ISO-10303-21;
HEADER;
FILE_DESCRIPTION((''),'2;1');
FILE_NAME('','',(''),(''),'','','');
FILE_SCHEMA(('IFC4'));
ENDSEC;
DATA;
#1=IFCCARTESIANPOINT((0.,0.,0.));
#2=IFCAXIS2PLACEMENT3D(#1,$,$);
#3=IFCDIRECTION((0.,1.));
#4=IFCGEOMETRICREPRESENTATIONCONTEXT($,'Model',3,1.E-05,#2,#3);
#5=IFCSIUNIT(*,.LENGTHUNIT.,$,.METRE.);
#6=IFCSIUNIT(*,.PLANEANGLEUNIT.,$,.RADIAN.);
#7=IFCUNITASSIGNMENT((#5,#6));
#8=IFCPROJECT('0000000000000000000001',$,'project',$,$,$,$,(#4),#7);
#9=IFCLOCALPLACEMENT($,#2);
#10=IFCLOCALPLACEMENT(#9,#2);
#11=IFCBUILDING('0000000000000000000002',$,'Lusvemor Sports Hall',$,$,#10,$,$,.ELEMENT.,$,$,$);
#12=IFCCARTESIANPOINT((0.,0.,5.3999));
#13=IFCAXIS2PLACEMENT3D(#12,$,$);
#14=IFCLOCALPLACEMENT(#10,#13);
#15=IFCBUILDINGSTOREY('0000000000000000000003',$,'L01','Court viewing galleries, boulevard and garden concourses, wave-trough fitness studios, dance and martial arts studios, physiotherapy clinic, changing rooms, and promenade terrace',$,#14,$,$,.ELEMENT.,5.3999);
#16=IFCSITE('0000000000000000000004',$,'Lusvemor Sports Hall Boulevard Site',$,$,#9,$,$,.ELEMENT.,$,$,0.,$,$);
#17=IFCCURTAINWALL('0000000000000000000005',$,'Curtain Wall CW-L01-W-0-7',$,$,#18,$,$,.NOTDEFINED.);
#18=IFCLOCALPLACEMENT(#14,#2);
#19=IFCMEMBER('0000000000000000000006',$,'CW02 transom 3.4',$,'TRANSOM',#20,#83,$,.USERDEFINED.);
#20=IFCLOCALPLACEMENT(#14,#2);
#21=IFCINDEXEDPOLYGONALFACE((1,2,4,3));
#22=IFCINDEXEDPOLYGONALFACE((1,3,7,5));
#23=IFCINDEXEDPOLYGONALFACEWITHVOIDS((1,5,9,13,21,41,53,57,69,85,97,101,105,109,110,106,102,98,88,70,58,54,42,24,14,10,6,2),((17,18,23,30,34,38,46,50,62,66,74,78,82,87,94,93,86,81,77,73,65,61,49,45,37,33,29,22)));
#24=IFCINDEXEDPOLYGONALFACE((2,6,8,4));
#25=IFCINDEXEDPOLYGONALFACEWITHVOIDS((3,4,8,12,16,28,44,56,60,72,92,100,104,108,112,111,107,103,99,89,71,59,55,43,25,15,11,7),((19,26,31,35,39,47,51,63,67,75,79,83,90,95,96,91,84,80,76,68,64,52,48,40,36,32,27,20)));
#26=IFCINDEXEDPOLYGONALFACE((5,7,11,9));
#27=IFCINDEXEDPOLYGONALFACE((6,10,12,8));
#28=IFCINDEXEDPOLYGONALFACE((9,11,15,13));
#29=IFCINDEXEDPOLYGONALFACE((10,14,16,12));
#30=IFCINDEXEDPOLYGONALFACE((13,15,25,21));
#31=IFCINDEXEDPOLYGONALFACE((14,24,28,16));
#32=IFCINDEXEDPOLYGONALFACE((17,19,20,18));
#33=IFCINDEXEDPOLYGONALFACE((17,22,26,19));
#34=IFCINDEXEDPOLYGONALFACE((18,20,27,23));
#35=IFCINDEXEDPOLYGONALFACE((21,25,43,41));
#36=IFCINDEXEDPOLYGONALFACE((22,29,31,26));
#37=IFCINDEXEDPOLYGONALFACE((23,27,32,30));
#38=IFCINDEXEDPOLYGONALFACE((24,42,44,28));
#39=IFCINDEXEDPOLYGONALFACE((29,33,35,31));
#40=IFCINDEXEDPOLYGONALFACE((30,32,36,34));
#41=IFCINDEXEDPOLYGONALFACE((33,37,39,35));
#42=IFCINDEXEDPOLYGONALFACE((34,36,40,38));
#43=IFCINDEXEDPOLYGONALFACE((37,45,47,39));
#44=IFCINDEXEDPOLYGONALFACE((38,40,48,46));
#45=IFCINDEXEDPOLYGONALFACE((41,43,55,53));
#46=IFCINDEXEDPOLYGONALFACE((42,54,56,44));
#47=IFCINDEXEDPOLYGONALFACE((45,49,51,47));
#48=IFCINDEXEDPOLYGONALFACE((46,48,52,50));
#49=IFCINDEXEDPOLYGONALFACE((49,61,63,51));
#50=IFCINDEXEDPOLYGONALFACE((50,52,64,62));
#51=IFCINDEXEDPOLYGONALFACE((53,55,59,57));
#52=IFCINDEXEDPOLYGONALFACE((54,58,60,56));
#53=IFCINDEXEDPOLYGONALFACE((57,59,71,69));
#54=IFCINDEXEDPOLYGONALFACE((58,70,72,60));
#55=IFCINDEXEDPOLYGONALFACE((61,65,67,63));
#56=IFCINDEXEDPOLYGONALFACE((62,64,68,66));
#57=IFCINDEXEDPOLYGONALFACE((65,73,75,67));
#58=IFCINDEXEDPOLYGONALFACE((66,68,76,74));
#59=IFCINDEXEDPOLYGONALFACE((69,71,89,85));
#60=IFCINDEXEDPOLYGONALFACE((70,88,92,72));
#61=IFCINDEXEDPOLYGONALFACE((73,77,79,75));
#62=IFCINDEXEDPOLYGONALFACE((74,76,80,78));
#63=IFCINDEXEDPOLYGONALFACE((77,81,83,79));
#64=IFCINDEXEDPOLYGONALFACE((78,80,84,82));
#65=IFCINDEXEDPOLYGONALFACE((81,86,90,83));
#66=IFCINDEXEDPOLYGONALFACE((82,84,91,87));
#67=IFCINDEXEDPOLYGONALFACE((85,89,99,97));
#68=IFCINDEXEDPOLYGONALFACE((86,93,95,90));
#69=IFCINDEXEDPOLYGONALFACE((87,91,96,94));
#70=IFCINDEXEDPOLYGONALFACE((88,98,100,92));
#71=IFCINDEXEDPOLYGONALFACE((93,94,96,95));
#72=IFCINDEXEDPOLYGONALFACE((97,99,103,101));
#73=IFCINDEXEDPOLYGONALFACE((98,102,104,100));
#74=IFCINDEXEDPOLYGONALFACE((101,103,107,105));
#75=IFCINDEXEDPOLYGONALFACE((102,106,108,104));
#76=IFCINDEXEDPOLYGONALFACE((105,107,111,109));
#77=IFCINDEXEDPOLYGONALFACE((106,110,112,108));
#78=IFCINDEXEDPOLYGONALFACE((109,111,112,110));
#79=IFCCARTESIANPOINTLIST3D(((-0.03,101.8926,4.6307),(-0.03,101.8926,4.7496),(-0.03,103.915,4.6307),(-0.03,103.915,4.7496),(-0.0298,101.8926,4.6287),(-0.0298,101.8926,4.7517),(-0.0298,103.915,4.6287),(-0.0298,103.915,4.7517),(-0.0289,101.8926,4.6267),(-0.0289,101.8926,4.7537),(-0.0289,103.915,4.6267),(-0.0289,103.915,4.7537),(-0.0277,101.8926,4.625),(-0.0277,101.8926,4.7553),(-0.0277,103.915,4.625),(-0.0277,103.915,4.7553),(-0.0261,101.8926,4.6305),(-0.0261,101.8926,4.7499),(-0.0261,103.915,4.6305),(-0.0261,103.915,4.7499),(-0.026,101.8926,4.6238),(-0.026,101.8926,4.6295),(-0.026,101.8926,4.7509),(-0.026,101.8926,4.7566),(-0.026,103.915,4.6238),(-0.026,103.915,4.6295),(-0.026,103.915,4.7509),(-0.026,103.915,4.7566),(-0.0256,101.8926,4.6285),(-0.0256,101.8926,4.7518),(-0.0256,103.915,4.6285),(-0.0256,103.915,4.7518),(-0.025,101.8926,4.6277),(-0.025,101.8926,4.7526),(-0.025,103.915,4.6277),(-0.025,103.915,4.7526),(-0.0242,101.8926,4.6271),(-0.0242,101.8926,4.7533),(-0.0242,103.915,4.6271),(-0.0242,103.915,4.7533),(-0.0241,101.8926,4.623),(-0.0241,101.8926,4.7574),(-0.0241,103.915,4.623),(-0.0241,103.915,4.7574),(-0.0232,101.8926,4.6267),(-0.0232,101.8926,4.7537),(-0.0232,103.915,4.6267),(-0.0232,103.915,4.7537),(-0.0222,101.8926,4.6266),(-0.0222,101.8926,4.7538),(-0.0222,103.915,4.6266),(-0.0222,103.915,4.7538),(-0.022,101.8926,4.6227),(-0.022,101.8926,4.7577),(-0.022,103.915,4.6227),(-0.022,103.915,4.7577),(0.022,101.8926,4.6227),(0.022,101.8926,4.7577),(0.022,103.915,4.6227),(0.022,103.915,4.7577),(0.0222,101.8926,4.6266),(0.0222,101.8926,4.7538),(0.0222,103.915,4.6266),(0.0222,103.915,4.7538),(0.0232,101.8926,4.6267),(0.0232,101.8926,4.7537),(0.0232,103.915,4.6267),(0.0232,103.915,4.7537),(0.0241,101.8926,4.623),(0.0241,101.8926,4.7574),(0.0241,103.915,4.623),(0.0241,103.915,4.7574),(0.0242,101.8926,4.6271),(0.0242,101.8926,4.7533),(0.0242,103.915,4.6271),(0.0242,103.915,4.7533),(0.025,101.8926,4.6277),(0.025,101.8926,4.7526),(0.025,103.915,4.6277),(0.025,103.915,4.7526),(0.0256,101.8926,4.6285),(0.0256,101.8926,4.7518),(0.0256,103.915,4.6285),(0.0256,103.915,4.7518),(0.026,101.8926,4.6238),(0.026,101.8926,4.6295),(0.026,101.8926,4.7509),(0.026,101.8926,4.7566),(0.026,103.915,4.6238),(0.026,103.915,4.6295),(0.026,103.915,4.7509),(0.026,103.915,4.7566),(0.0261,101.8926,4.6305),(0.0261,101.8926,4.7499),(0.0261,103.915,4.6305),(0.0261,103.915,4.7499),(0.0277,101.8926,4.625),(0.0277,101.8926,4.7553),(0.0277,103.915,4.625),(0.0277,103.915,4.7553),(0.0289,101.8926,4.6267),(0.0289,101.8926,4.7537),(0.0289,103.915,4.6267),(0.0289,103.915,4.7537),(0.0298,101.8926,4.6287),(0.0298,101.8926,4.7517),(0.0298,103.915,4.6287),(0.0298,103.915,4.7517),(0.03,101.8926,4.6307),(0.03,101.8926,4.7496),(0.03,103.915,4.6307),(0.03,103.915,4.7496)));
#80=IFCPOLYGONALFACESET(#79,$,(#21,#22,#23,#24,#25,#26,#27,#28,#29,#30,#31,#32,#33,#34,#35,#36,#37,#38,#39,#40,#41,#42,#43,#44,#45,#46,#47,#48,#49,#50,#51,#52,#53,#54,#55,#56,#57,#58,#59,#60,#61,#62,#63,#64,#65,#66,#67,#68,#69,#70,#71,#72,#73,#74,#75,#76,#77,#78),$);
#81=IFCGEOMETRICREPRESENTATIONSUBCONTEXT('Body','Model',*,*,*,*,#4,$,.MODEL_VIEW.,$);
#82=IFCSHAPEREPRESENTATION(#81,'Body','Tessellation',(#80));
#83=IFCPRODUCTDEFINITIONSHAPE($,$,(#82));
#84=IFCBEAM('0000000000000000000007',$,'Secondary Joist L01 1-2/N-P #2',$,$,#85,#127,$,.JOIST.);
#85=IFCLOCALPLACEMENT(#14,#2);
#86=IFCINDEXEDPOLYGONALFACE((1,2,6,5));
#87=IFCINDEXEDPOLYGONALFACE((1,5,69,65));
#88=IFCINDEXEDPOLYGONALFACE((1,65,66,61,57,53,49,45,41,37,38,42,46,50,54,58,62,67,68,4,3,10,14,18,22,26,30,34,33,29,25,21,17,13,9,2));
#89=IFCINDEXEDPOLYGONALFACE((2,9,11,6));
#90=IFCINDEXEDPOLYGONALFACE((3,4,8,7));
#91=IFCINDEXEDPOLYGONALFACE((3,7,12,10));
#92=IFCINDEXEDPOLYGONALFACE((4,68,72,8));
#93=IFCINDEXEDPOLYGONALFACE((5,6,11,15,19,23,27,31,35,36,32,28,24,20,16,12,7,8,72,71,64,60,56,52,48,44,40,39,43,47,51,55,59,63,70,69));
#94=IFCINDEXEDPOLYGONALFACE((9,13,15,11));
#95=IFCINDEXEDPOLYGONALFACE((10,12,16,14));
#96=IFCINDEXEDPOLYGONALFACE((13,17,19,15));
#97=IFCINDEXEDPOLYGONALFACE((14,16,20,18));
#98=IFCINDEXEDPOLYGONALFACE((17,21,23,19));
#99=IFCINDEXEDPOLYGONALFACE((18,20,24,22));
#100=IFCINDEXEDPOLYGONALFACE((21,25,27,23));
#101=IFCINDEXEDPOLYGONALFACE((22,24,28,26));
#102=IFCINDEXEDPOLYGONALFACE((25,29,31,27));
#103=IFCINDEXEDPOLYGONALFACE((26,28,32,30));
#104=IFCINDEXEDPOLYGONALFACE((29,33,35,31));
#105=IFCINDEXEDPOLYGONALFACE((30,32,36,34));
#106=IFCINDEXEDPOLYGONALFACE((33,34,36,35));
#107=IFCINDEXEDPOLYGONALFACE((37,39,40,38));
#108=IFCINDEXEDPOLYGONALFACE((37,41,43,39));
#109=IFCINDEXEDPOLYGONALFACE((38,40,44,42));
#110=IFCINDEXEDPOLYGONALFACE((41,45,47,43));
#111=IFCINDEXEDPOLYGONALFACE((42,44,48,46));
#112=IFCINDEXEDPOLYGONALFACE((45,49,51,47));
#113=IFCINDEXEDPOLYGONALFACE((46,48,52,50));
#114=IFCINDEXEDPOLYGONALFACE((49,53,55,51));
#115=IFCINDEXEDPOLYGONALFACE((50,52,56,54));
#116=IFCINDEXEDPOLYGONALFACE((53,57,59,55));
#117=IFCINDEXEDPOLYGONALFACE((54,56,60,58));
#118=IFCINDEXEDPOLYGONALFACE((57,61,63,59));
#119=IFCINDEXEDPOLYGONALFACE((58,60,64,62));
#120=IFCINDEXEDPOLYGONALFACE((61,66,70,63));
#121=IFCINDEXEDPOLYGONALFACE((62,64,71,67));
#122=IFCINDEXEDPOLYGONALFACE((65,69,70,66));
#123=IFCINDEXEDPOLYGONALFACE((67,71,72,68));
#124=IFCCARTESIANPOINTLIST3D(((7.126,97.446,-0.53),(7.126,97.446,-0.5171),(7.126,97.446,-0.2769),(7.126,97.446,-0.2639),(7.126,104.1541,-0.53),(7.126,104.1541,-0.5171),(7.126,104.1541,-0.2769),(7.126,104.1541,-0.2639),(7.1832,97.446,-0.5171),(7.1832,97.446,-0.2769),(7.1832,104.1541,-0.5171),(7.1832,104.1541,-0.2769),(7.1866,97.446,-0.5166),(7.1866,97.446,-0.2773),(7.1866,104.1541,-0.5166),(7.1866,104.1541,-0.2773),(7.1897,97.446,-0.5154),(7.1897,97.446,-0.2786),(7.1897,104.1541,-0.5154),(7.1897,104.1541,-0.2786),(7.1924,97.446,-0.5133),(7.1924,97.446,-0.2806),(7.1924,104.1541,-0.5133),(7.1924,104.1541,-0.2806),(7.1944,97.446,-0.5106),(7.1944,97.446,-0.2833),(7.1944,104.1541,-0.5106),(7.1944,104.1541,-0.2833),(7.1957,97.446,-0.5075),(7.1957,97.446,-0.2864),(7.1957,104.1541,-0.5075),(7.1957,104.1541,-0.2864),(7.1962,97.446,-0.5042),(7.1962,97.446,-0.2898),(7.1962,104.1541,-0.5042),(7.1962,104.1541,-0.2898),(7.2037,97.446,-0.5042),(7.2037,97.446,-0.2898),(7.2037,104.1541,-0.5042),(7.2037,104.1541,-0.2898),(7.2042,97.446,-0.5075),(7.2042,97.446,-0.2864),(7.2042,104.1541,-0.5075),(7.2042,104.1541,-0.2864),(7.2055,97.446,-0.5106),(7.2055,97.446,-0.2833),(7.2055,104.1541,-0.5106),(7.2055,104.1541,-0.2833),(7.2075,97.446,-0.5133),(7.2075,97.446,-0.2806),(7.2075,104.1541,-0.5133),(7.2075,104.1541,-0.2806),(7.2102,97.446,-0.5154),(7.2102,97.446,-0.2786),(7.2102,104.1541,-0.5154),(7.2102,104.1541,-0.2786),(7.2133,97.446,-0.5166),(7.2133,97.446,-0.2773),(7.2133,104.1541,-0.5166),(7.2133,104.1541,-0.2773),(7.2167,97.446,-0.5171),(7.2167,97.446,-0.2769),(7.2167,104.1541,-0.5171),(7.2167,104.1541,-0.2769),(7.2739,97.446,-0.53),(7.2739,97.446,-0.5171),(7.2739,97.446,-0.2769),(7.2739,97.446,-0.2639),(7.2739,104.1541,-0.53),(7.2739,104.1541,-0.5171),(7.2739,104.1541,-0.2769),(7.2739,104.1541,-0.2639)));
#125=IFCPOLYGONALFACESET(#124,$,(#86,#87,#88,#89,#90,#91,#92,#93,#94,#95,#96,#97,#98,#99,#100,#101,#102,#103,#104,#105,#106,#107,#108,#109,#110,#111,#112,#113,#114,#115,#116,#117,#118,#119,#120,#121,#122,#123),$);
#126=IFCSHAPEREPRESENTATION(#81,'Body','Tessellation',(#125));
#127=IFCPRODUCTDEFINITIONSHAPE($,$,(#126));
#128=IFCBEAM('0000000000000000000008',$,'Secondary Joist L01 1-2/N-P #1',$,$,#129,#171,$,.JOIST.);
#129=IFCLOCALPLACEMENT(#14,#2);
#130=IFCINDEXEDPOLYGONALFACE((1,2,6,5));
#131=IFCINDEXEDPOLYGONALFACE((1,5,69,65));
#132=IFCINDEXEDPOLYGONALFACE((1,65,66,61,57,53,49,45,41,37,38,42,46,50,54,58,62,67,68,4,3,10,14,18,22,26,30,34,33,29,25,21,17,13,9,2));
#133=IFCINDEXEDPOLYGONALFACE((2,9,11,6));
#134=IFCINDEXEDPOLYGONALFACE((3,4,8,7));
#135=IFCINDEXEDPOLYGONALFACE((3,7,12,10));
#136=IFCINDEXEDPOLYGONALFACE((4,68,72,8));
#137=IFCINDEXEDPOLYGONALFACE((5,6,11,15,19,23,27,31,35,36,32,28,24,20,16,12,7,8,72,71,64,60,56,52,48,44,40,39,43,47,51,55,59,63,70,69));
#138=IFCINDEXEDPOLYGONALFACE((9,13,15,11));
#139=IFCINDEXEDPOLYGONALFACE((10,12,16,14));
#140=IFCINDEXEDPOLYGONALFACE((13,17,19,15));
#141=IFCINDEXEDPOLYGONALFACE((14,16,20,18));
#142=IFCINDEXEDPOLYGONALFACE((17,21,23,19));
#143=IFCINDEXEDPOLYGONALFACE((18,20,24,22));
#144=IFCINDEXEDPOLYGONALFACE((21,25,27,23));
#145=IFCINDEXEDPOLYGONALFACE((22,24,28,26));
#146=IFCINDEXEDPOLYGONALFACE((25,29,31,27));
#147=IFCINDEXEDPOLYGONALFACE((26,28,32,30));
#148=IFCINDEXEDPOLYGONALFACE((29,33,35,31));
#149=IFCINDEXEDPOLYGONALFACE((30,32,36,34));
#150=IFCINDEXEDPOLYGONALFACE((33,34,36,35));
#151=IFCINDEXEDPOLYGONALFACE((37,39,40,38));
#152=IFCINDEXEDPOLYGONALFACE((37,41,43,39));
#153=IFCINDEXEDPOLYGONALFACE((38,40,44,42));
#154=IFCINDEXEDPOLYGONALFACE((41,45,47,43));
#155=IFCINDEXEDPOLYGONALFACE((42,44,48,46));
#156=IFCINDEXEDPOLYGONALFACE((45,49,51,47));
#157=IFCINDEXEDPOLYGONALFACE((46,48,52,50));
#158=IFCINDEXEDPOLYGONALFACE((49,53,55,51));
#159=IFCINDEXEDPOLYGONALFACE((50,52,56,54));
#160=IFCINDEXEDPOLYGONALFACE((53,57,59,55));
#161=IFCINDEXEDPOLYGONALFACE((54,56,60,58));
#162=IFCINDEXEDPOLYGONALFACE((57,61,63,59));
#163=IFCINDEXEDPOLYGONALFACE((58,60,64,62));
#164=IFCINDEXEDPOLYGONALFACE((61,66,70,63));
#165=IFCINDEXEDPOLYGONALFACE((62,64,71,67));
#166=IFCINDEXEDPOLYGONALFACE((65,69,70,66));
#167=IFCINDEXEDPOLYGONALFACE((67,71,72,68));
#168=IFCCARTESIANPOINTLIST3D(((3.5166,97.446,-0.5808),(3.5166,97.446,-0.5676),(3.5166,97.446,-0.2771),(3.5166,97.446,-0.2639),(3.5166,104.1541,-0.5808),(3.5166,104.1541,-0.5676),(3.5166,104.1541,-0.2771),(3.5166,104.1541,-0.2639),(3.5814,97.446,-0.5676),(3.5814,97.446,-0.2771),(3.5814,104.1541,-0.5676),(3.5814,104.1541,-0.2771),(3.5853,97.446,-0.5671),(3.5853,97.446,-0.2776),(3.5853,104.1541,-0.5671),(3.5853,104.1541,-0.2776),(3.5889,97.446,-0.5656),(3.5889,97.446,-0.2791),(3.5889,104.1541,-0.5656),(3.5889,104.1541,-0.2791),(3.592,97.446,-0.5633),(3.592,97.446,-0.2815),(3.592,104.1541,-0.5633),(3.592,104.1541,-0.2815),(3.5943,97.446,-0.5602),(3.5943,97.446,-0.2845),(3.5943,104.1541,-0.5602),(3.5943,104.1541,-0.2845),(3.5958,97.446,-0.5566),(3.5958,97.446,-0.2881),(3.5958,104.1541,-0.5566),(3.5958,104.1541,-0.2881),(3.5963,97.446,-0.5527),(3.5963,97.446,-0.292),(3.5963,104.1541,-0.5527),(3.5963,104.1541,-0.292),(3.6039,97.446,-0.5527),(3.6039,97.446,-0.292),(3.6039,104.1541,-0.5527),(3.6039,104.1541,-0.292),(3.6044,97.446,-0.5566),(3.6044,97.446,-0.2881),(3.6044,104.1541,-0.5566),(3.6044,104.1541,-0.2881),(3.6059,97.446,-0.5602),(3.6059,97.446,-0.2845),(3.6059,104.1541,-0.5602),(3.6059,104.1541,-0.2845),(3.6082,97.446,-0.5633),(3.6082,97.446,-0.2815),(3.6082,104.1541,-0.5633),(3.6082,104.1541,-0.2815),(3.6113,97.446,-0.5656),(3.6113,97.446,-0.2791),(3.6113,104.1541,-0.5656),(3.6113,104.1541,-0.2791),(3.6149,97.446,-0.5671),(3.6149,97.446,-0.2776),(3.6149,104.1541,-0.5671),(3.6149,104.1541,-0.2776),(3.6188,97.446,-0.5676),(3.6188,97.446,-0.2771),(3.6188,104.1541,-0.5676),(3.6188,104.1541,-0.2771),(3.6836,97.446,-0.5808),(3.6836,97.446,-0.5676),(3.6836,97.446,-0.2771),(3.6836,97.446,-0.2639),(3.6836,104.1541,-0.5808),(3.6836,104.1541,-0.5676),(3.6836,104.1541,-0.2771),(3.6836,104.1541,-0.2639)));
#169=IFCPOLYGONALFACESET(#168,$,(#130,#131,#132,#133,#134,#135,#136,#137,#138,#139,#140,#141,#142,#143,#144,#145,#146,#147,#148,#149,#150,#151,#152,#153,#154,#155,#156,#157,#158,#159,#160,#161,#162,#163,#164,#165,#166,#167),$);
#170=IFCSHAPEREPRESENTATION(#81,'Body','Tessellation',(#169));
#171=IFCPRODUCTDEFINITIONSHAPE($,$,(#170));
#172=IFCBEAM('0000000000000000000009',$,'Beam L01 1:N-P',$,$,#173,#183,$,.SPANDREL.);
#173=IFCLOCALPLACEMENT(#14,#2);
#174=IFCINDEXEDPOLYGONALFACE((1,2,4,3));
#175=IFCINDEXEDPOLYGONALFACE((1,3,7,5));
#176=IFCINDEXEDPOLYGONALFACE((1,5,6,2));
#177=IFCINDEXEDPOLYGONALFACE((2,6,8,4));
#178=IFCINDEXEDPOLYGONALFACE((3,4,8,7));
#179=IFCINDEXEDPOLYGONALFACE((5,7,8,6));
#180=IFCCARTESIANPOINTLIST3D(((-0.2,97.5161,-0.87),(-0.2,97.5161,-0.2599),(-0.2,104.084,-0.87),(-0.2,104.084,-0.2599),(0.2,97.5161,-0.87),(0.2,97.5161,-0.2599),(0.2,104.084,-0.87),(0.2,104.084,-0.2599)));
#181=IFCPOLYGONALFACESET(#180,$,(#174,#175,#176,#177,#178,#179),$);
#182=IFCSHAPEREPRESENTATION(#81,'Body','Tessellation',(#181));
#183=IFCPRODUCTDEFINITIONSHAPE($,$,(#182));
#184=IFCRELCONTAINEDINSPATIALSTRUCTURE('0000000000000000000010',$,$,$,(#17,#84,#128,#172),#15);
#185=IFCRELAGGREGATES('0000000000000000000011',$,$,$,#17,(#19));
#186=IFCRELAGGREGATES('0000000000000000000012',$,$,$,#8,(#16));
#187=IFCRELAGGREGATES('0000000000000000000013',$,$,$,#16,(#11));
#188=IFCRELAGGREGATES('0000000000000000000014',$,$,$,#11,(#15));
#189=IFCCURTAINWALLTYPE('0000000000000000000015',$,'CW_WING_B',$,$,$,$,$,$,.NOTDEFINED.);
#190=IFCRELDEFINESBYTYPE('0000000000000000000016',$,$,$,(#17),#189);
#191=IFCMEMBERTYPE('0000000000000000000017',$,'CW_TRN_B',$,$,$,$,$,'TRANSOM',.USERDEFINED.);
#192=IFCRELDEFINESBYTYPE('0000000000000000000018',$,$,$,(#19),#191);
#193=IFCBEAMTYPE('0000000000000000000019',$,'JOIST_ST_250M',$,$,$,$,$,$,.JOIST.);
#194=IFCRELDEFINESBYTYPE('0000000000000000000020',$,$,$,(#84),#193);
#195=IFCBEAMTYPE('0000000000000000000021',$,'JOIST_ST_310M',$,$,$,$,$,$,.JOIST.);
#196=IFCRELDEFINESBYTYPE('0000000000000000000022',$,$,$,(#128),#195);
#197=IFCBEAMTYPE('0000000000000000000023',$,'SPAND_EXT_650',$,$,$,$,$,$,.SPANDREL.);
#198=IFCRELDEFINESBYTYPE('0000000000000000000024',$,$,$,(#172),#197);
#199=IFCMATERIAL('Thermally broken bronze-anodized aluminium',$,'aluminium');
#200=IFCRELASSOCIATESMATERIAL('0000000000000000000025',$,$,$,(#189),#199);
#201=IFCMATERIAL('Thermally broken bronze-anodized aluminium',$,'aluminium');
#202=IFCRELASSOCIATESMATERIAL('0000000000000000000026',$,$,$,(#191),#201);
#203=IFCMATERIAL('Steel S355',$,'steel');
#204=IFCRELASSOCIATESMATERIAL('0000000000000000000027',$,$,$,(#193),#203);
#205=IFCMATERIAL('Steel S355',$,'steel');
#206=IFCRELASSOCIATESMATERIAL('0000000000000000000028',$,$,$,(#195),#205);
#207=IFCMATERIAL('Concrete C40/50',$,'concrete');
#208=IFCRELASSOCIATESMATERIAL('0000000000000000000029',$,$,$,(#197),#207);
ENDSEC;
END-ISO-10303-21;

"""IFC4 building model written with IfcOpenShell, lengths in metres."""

from ifc_helpers import new_model, si_unit, direction, frame, origin, origin_2d, place, context, subcontext, project, spatial, rectangle, hollow_rectangle, i_section, extrude, material, material_profile, profile_set, type_object, element, aggregate, save


model = new_model("IFC4")

# Units and contexts
model_context = context("Model", 3, precision=1e-05, world=origin(), true_north=direction((0.0, 1.0)))
body_context = subcontext(model_context, "Body", "Model", "MODEL_VIEW")
ifc_project = project(units=[si_unit("LENGTHUNIT", "METRE"), si_unit("PLANEANGLEUNIT", "RADIAN")], contexts=[model_context])

# Site, building, storey
site_placement = place(None, origin())
site = spatial("IfcSite", under=ifc_project, at=site_placement, Name="Lusvemor Sports Hall Boulevard Site", CompositionType="ELEMENT", RefElevation=0.0)
building_placement = place(site_placement, origin())
building = spatial("IfcBuilding", under=site, at=building_placement, Name="Lusvemor Sports Hall", CompositionType="ELEMENT")
storey_placement = place(building_placement, frame((0.0, 0.0, 5.3999)))
storey = spatial("IfcBuildingStorey", under=building, at=storey_placement, Name="L01", Description="Court viewing galleries, boulevard and garden concourses, wave-trough fitness studios, dance and martial arts studios, physiotherapy clinic, changing rooms, and promenade terrace", CompositionType="ELEMENT", Elevation=5.3999)

# Curtain wall, member
ifc_material_1 = material(Name="Thermally broken bronze-anodized aluminium", Category="aluminium")
curtain_wall_type = type_object("IfcCurtainWallType", Name="CW_WING_B", PredefinedType="NOTDEFINED", material=ifc_material_1)
curtain_wall_placement = place(storey_placement, origin())
curtain_wall = element("IfcCurtainWall", 1, at=curtain_wall_placement, inside=storey, type_object=curtain_wall_type, Name="Curtain Wall CW-L01-W-0-7", PredefinedType="NOTDEFINED")
ifc_material_2 = material(Name="Thermally broken bronze-anodized aluminium", Category="aluminium")
ifc_material_profile_1 = material_profile(ifc_material_2, hollow_rectangle(XDim=0.0601, YDim=0.135, WallThickness=0.0039, InnerFilletRadius=0.0039, OuterFilletRadius=0.0081, at=origin_2d()), Name="CWTRN135x60x4")
ifc_profile_set_1 = profile_set([ifc_material_profile_1], Name="Thermally broken bronze-anodized aluminium")
member_type_1 = type_object("IfcMemberType", Name="CW_TRN_B", ElementType="TRANSOM", PredefinedType="USERDEFINED", material=ifc_profile_set_1)
member_1_placement = place(storey_placement, frame((0.0, 101.8926, 4.6902), z_axis=(0.0, 1.0, 0.0), x_axis=(-1.0, 0.0, 0.0)))
member_1 = element("IfcMember", 2, at=member_1_placement, type_object=member_type_1, Name="CW02 transom 3.4", ObjectType="TRANSOM", PredefinedType="USERDEFINED", context=body_context, shape_type="SweptSolid", body=[
    extrude(hollow_rectangle(XDim=0.0601, YDim=0.135, WallThickness=0.0039, InnerFilletRadius=0.0039, OuterFilletRadius=0.0081, at=origin_2d()), origin(), (0.0, 0.0, 1.0), 2.0225),
])

# Beams
ifc_material_3 = material(Name="Steel S355", Category="steel")
ifc_material_profile_2 = material_profile(ifc_material_3, i_section(OverallWidth=0.1479, OverallDepth=0.2661, WebThickness=0.0076, FlangeThickness=0.0129, FilletRadius=0.0129, at=origin_2d()), Name="W250x44.8")
ifc_profile_set_2 = profile_set([ifc_material_profile_2], Name="Steel S355")
beam_type_1 = type_object("IfcBeamType", Name="JOIST_ST_250M", PredefinedType="JOIST", material=ifc_profile_set_2)
beam_1_placement = place(storey_placement, frame((7.2, 97.446, -0.397), z_axis=(0.0, 1.0, 0.0), x_axis=(-1.0, 0.0, 0.0)))
element("IfcBeam", 3, at=beam_1_placement, inside=storey, type_object=beam_type_1, Name="Secondary Joist L01 1-2/N-P #2", PredefinedType="JOIST", context=body_context, shape_type="SweptSolid", body=[
    extrude(i_section(OverallWidth=0.1479, OverallDepth=0.2661, WebThickness=0.0076, FlangeThickness=0.0129, FilletRadius=0.0129, at=origin_2d()), origin(), (0.0, 0.0, 1.0), 6.708),
])
ifc_material_4 = material(Name="Steel S355", Category="steel")
ifc_material_profile_3 = material_profile(ifc_material_4, i_section(OverallWidth=0.167, OverallDepth=0.3169, WebThickness=0.0076, FlangeThickness=0.0132, FilletRadius=0.0149, at=origin_2d()), Name="W310x52.0")
ifc_profile_set_3 = profile_set([ifc_material_profile_3], Name="Steel S355")
beam_type_2 = type_object("IfcBeamType", Name="JOIST_ST_310M", PredefinedType="JOIST", material=ifc_profile_set_3)
beam_2_placement = place(storey_placement, frame((3.6001, 97.446, -0.4224), z_axis=(0.0, 1.0, 0.0), x_axis=(-1.0, 0.0, 0.0)))
element("IfcBeam", 4, at=beam_2_placement, inside=storey, type_object=beam_type_2, Name="Secondary Joist L01 1-2/N-P #1", PredefinedType="JOIST", context=body_context, shape_type="SweptSolid", body=[
    extrude(i_section(OverallWidth=0.167, OverallDepth=0.3169, WebThickness=0.0076, FlangeThickness=0.0132, FilletRadius=0.0149, at=origin_2d()), origin(), (0.0, 0.0, 1.0), 6.708),
])
ifc_material_5 = material(Name="Concrete C40/50", Category="concrete")
ifc_material_profile_4 = material_profile(ifc_material_5, rectangle(XDim=0.3999, YDim=0.6101, at=origin_2d()), Name="RC400x610")
ifc_profile_set_4 = profile_set([ifc_material_profile_4], Name="Concrete C40/50")
beam_type_3 = type_object("IfcBeamType", Name="SPAND_EXT_650", PredefinedType="SPANDREL", material=ifc_profile_set_4)
beam_3_placement = place(storey_placement, frame((0.0, 97.5161, -0.5649), z_axis=(0.0, 1.0, 0.0), x_axis=(-1.0, 0.0, 0.0)))
element("IfcBeam", 5, at=beam_3_placement, inside=storey, type_object=beam_type_3, Name="Beam L01 1:N-P", PredefinedType="SPANDREL", context=body_context, shape_type="SweptSolid", body=[
    extrude(rectangle(XDim=0.3999, YDim=0.6101, at=origin_2d()), origin(), (0.0, 0.0, 1.0), 6.5679),
])

aggregate(curtain_wall, [member_1])

save(model, "model.ifc")
